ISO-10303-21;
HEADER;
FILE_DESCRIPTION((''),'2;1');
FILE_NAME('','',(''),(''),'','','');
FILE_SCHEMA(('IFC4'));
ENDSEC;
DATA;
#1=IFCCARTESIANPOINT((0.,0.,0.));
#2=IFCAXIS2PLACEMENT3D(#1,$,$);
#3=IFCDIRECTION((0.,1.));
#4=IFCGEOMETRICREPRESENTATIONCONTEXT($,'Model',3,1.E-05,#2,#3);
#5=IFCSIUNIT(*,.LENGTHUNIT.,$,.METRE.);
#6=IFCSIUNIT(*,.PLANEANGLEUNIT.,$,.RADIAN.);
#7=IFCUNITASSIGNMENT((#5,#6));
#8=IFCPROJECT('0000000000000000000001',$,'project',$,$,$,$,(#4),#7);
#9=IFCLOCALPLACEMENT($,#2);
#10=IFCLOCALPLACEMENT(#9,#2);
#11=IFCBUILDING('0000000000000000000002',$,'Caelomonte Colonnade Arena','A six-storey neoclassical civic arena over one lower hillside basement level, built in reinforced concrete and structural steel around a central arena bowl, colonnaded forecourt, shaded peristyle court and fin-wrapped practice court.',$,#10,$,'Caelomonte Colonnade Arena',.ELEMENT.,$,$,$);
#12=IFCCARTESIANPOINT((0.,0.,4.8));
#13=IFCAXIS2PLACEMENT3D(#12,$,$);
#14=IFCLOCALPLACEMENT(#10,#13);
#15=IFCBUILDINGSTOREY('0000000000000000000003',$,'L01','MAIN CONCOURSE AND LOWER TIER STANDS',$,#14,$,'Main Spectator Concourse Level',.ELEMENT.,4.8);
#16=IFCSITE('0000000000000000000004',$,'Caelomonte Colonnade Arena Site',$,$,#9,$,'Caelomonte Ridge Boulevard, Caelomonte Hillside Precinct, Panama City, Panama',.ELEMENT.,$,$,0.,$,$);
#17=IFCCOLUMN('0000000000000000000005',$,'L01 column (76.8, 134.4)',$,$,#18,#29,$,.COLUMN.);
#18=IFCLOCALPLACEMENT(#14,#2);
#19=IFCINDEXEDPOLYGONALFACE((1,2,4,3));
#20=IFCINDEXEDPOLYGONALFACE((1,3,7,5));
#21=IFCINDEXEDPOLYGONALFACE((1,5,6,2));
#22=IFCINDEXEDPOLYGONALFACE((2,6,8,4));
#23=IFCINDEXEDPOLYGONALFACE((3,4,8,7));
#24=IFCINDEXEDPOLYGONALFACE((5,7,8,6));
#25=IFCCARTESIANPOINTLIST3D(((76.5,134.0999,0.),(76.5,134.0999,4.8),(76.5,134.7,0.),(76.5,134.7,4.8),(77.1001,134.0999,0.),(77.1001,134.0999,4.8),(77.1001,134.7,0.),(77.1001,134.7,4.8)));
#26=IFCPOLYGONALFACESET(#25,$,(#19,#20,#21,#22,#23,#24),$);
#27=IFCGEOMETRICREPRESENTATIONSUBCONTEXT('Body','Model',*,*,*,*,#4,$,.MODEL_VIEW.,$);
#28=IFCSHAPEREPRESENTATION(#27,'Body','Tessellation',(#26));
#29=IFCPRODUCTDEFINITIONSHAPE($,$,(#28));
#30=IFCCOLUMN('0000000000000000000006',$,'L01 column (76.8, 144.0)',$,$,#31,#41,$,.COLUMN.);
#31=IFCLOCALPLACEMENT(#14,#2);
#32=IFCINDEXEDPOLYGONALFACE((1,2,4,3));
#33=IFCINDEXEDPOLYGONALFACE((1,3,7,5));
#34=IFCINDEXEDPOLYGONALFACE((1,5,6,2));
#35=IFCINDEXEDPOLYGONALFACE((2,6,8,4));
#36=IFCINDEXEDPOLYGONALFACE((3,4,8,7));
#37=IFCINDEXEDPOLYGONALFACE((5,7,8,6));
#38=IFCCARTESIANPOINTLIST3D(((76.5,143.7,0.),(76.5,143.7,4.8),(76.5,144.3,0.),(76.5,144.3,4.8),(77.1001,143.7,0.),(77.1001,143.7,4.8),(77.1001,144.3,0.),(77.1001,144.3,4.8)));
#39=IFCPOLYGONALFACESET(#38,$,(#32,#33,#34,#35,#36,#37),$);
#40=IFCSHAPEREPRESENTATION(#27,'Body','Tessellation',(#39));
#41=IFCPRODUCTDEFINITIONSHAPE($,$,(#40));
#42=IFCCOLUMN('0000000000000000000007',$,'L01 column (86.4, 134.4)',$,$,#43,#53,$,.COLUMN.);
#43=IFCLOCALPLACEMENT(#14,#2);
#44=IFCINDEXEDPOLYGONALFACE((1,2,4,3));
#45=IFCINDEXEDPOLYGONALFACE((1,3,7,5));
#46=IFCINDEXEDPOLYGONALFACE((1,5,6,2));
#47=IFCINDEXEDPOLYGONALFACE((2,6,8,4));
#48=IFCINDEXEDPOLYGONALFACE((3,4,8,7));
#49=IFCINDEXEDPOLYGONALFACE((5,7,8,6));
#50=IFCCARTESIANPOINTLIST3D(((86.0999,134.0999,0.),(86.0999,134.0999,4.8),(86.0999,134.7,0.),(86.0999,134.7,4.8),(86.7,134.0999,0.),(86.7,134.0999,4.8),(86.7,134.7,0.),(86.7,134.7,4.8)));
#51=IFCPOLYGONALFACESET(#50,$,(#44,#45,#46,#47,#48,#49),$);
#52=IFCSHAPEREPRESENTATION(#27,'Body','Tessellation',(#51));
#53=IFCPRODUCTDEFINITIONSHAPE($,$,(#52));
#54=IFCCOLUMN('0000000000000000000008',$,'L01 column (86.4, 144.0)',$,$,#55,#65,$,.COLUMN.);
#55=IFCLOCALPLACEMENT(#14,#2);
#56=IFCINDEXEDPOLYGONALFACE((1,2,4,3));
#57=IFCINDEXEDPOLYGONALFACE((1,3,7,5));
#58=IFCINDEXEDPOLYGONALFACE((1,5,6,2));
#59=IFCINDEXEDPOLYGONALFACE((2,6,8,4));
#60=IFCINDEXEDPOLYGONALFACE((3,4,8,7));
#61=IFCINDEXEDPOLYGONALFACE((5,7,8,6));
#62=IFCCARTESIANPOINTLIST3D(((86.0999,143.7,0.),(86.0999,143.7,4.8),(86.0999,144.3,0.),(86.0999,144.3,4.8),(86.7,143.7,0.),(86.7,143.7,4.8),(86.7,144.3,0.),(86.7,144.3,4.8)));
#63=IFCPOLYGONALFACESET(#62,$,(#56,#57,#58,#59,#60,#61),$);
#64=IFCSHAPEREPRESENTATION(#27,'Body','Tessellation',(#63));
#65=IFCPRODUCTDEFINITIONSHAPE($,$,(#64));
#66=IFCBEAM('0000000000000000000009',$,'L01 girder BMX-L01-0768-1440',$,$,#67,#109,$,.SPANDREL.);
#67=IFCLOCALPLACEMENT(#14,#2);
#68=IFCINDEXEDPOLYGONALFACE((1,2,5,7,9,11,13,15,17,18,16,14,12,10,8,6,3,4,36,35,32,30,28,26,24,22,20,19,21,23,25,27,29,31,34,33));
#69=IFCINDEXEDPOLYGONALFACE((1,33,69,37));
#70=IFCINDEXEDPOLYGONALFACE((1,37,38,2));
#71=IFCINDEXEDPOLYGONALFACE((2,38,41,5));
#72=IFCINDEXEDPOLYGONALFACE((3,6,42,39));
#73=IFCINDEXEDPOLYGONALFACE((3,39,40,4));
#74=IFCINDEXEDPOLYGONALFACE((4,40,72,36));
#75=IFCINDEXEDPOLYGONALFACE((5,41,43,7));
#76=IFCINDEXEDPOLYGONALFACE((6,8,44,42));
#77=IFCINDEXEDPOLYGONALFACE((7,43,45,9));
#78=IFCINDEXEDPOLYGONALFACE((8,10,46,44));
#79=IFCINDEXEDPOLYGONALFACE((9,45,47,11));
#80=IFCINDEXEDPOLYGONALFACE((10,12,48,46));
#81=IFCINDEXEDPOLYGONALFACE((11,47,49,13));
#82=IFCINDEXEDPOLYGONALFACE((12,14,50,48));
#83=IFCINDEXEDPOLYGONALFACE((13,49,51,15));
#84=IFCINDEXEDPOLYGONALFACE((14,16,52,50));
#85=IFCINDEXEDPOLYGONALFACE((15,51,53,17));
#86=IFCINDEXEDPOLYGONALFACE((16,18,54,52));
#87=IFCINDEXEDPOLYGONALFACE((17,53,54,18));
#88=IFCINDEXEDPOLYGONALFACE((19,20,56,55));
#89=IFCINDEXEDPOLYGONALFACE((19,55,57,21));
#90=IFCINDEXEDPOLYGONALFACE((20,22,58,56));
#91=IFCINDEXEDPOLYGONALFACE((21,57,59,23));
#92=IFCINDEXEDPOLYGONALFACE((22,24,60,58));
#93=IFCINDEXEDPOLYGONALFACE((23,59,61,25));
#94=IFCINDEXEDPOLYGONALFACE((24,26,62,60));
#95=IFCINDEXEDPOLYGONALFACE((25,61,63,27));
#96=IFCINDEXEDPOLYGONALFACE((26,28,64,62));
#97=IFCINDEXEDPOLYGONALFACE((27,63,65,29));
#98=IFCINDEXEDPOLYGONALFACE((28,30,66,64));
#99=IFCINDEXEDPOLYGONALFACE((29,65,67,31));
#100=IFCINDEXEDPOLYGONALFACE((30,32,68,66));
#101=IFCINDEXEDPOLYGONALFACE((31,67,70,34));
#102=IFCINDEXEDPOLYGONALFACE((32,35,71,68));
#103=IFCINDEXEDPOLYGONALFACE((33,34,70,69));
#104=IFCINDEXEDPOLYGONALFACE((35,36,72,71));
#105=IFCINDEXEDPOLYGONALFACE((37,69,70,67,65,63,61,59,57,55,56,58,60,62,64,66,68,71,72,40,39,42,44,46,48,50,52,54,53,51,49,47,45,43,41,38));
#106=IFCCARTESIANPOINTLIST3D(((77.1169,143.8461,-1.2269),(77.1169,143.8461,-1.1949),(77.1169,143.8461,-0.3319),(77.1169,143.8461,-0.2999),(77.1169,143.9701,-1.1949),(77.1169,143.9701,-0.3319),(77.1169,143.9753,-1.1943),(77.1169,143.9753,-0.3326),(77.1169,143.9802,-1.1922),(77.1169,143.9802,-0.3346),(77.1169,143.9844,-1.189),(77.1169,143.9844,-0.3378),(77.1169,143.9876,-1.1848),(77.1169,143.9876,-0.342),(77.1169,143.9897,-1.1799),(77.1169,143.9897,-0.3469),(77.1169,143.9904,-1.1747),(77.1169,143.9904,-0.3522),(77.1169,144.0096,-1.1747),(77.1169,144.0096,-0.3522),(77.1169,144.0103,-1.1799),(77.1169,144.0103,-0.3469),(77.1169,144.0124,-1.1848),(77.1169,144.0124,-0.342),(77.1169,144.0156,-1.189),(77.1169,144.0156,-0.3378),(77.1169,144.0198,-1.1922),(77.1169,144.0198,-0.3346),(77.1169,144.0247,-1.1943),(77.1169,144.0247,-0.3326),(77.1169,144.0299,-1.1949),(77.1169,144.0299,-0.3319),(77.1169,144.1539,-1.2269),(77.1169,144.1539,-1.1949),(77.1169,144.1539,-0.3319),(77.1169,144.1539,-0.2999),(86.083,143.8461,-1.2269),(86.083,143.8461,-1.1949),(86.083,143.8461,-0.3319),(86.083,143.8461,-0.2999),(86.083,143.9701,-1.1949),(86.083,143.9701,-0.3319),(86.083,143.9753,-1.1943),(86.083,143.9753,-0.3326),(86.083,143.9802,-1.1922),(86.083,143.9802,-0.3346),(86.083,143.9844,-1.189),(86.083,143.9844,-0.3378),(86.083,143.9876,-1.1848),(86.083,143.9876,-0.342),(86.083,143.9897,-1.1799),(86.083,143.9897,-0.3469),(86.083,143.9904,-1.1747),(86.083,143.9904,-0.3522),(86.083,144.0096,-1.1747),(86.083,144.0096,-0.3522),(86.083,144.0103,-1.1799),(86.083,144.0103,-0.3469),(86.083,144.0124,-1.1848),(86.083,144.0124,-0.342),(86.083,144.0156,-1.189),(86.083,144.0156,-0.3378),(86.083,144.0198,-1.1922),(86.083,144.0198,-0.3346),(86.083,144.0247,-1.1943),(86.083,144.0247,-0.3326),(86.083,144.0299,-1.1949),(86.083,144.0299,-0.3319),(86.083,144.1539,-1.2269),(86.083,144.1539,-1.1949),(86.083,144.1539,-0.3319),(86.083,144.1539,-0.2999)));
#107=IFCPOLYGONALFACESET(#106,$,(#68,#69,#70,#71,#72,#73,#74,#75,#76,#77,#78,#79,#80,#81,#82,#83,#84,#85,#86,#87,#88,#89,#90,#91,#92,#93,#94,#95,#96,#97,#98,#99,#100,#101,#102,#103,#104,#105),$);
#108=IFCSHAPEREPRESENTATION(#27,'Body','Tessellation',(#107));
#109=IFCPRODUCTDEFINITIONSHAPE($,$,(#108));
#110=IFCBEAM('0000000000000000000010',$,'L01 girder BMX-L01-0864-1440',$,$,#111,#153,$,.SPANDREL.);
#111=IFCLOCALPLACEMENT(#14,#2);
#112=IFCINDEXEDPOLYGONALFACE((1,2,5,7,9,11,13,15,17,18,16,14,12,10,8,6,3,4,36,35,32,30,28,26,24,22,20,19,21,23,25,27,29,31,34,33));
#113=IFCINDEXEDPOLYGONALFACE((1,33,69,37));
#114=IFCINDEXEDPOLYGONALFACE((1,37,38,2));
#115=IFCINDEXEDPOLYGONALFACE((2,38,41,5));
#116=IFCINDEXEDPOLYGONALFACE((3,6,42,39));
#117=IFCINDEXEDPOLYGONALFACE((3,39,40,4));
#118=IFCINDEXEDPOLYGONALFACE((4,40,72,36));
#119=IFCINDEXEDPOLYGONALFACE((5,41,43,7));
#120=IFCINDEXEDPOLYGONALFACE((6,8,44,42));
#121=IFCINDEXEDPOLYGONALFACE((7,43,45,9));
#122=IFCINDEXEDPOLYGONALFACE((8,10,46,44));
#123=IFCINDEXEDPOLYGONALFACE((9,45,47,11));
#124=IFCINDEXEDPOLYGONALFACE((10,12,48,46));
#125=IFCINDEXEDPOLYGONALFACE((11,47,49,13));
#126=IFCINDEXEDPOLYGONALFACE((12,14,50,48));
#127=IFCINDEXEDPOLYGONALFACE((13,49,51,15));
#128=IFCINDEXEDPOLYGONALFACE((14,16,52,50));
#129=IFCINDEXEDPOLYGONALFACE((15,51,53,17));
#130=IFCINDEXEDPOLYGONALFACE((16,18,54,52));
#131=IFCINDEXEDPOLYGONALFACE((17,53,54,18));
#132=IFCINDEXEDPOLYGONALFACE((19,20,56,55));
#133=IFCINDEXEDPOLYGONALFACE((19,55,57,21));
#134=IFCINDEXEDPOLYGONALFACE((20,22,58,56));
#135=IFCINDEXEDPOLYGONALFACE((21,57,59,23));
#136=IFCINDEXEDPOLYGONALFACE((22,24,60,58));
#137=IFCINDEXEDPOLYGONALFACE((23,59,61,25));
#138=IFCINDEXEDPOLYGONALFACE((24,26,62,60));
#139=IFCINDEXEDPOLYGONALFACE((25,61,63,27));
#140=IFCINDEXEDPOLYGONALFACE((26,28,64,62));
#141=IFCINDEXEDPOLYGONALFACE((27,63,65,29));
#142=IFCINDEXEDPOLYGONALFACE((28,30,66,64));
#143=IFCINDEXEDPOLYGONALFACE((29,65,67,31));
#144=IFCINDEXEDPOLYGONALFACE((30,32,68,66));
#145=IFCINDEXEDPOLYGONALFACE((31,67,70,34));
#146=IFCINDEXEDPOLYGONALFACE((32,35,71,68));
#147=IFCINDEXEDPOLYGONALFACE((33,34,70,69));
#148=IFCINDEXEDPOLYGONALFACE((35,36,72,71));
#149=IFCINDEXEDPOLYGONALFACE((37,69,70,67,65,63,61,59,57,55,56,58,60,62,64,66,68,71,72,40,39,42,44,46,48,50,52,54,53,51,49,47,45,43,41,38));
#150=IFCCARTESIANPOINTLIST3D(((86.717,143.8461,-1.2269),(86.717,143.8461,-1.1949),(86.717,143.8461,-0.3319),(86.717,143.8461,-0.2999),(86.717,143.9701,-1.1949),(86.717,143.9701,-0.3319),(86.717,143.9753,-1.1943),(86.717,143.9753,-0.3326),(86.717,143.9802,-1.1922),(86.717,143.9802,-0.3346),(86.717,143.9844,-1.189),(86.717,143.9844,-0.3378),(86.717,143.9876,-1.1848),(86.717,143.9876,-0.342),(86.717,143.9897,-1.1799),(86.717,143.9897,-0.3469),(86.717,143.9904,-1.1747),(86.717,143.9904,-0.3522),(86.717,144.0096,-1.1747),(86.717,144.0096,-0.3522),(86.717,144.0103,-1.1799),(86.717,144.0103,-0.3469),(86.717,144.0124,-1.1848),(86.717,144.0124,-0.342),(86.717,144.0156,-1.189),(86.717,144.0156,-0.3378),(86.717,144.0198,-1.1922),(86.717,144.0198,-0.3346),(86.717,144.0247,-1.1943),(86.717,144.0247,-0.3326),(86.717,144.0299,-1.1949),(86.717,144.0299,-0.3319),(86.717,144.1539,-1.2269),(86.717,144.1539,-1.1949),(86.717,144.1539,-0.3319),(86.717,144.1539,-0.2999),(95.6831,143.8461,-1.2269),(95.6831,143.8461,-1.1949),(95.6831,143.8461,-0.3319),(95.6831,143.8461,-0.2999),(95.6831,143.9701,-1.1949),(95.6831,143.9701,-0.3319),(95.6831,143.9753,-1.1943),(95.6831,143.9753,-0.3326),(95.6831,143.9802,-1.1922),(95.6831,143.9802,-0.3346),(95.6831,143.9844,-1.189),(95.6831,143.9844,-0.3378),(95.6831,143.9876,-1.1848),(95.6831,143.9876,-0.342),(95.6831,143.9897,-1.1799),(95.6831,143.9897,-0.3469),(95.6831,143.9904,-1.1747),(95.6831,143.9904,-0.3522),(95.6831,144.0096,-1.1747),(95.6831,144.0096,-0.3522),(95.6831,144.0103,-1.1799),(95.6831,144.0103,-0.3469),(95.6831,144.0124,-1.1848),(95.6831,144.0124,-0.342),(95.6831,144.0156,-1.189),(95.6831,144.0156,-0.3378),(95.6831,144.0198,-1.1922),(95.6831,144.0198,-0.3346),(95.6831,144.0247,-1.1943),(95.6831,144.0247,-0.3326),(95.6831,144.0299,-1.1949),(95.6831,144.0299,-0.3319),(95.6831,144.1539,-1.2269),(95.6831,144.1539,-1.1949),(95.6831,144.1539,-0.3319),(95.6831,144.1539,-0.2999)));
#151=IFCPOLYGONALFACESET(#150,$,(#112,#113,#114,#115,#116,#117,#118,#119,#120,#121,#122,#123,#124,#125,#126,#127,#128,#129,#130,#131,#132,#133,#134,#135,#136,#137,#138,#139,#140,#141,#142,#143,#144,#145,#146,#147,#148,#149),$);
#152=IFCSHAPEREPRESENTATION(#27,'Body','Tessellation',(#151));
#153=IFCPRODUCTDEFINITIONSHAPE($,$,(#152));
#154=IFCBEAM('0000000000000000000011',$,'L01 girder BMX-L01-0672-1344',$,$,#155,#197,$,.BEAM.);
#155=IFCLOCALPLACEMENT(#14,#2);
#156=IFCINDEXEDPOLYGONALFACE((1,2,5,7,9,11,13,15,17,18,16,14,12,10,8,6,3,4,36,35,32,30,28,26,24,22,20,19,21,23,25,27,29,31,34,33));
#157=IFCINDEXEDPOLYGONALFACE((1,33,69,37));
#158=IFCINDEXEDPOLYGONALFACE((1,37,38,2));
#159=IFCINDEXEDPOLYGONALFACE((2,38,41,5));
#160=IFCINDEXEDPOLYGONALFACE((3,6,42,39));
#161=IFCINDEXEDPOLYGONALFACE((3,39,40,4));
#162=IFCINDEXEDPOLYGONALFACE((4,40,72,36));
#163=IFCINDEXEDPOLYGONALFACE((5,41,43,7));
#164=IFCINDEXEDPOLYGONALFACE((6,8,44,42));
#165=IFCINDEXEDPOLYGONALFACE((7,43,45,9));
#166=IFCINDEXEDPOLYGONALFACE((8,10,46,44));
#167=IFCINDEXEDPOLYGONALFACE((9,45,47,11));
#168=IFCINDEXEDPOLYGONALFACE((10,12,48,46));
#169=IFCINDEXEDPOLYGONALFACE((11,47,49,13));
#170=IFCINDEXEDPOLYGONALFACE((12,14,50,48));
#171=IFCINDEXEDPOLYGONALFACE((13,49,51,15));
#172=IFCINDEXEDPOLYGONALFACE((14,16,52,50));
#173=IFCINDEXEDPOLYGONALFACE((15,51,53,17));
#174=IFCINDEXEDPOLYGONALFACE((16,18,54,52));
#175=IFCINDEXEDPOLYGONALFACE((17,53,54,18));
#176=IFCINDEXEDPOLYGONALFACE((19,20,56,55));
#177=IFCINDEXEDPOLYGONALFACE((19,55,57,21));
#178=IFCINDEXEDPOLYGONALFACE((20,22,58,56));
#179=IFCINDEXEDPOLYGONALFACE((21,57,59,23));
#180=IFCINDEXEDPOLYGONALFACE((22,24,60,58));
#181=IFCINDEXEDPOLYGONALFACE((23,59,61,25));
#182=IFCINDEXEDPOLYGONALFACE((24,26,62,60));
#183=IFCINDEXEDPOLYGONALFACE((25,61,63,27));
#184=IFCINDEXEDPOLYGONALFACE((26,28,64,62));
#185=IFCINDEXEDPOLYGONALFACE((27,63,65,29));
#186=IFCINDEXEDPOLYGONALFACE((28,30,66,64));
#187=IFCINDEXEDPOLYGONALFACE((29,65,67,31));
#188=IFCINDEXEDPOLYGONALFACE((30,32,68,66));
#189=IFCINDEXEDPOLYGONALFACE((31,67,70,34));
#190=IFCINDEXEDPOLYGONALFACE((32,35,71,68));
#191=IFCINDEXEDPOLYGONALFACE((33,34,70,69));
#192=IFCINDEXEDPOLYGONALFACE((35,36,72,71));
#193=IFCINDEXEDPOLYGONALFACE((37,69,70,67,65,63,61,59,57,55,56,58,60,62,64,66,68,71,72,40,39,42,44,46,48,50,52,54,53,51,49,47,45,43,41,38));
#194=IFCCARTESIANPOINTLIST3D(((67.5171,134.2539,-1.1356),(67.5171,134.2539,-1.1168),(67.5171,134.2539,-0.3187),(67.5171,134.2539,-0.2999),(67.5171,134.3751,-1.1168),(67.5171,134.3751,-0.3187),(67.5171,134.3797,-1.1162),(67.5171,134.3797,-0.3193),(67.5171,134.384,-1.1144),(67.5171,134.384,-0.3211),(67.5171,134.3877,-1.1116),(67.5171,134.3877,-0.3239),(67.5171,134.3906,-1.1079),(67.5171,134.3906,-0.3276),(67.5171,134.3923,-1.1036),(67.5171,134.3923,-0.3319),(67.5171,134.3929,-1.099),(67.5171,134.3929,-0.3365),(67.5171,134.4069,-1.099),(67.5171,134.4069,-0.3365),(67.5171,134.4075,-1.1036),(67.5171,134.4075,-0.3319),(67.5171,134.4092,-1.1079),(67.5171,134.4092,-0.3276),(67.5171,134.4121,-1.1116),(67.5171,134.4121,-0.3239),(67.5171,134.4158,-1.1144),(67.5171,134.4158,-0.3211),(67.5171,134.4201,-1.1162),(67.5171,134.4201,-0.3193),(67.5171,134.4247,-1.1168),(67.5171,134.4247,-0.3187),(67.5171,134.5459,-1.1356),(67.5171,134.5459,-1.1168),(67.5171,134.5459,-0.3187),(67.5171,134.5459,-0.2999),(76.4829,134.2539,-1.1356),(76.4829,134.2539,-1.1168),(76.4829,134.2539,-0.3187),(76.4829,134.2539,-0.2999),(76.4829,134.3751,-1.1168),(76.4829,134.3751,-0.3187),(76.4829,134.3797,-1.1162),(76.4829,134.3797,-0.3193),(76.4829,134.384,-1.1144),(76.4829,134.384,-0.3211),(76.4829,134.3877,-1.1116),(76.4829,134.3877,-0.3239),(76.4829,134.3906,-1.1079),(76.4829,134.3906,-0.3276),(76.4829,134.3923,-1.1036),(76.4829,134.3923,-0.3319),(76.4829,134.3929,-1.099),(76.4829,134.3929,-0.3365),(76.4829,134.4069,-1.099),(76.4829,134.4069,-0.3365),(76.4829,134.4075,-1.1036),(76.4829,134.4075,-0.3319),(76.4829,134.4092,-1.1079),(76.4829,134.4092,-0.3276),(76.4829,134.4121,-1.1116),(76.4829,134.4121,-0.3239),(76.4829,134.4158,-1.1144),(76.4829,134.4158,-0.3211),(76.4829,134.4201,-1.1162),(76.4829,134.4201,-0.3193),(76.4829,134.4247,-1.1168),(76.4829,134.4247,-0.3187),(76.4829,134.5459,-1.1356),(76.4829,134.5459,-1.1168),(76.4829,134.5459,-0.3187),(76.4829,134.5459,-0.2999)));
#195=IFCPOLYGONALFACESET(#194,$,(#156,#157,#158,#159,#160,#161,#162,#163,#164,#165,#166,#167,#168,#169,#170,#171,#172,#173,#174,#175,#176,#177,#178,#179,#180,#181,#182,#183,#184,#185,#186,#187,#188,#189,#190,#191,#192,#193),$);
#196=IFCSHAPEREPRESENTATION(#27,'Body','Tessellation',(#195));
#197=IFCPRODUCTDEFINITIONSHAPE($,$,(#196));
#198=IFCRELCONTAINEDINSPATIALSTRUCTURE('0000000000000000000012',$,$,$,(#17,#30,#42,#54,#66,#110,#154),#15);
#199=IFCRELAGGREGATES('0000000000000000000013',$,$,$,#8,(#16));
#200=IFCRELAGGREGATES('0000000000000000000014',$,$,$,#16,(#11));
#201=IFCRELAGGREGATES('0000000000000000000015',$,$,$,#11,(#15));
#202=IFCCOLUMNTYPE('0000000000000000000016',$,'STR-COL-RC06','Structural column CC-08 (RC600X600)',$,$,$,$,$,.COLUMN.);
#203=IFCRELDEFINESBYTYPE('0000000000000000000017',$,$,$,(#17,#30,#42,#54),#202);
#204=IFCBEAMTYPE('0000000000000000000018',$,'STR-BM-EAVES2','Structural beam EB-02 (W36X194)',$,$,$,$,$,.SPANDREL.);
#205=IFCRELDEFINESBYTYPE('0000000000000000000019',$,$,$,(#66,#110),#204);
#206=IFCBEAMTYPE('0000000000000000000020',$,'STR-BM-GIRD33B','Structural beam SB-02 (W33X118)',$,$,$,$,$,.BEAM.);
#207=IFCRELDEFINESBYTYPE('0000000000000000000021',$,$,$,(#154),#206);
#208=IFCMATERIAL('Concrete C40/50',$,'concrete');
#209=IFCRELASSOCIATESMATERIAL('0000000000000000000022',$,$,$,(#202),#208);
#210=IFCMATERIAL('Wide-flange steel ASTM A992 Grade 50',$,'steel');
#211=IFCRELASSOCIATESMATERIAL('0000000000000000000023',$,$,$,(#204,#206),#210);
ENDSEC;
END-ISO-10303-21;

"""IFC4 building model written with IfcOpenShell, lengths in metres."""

from ifc_helpers import new_model, si_unit, direction, frame, origin, origin_2d, place, context, subcontext, project, spatial, rectangle, i_section, extrude, material, material_profile, profile_set, type_object, element, save


model = new_model("IFC4")

# Units and contexts
model_context = context("Model", 3, precision=1e-05, world=origin(), true_north=direction((0.0, 1.0)))
body_context = subcontext(model_context, "Body", "Model", "MODEL_VIEW")
ifc_project = project(units=[si_unit("LENGTHUNIT", "METRE"), si_unit("PLANEANGLEUNIT", "RADIAN")], contexts=[model_context])

# Site, building, storey
site_placement = place(None, origin())
site = spatial("IfcSite", under=ifc_project, at=site_placement, Name="Caelomonte Colonnade Arena Site", LongName="Caelomonte Ridge Boulevard, Caelomonte Hillside Precinct, Panama City, Panama", CompositionType="ELEMENT", RefElevation=0.0)
building_placement = place(site_placement, origin())
building = spatial("IfcBuilding", under=site, at=building_placement, Name="Caelomonte Colonnade Arena", Description="A six-storey neoclassical civic arena over one lower hillside basement level, built in reinforced concrete and structural steel around a central arena bowl, colonnaded forecourt, shaded peristyle court and fin-wrapped practice court.", LongName="Caelomonte Colonnade Arena", CompositionType="ELEMENT")
storey_placement = place(building_placement, frame((0.0, 0.0, 4.8)))
storey = spatial("IfcBuildingStorey", under=building, at=storey_placement, Name="L01", Description="MAIN CONCOURSE AND LOWER TIER STANDS", LongName="Main Spectator Concourse Level", CompositionType="ELEMENT", Elevation=4.8)

# Columns
ifc_material_1 = material(Name="Concrete C40/50", Category="concrete")
ifc_material_profile_1 = material_profile(ifc_material_1, rectangle(XDim=0.6001, YDim=0.6001, at=origin_2d()), Name="RC600X600")
ifc_profile_set_1 = profile_set([ifc_material_profile_1], Name="Concrete C40/50")
column_type = type_object("IfcColumnType", Name="STR-COL-RC06", Description="Structural column CC-08 (RC600X600)", PredefinedType="COLUMN", material=ifc_profile_set_1)
for number, where, z_axis, x_axis, name in (
    (1, (76.8, 134.3999, 0.0), (0.0, 0.0, 1.0), (1.0, 0.0, 0.0), "L01 column (76.8, 134.4)"),
    (2, (76.8, 144.0, 0.0), (0.0, 0.0, 1.0), (1.0, 0.0, 0.0), "L01 column (76.8, 144.0)"),
    (3, (86.3999, 134.3999, 0.0), (0.0, 0.0, 1.0), (1.0, 0.0, 0.0), "L01 column (86.4, 134.4)"),
    (4, (86.3999, 144.0, 0.0), (0.0, 0.0, 1.0), (1.0, 0.0, 0.0), "L01 column (86.4, 144.0)"),
):
    element("IfcColumn", number, at=place(storey_placement, frame(where, z_axis=z_axis, x_axis=x_axis)), inside=storey, type_object=column_type, Name=name, PredefinedType="COLUMN", context=body_context, shape_type="SweptSolid", body=[
        extrude(rectangle(XDim=0.6001, YDim=0.6001, at=origin_2d()), origin(), (0.0, 0.0, 1.0), 4.8),
    ])

# Beams
ifc_material_2 = material(Name="Wide-flange steel ASTM A992 Grade 50", Category="steel")
ifc_material_profile_2 = material_profile(ifc_material_2, i_section(OverallWidth=0.3079, OverallDepth=0.927, WebThickness=0.0193, FlangeThickness=0.032, FilletRadius=0.0203, at=origin_2d()), Name="W36X194")
ifc_profile_set_2 = profile_set([ifc_material_profile_2], Name="Wide-flange steel ASTM A992 Grade 50")
beam_type_1 = type_object("IfcBeamType", Name="STR-BM-EAVES2", Description="Structural beam EB-02 (W36X194)", PredefinedType="SPANDREL", material=ifc_profile_set_2)
for number, where, z_axis, x_axis, name in (
    (5, (77.1169, 144.0, -0.7634), (1.0, 0.0, 0.0), (0.0, 1.0, 0.0), "L01 girder BMX-L01-0768-1440"),
    (6, (86.717, 144.0, -0.7634), (1.0, 0.0, 0.0), (0.0, 1.0, 0.0), "L01 girder BMX-L01-0864-1440"),
):
    element("IfcBeam", number, at=place(storey_placement, frame(where, z_axis=z_axis, x_axis=x_axis)), inside=storey, type_object=beam_type_1, Name=name, PredefinedType="SPANDREL", context=body_context, shape_type="SweptSolid", body=[
        extrude(i_section(OverallWidth=0.3079, OverallDepth=0.927, WebThickness=0.0193, FlangeThickness=0.032, FilletRadius=0.0203, at=origin_2d()), origin(), (0.0, 0.0, 1.0), 8.9661),
    ])
ifc_material_profile_3 = material_profile(ifc_material_2, i_section(OverallWidth=0.292, OverallDepth=0.8357, WebThickness=0.0139, FlangeThickness=0.0188, FilletRadius=0.0178, at=origin_2d()), Name="W33X118")
ifc_profile_set_3 = profile_set([ifc_material_profile_3], Name="Wide-flange steel ASTM A992 Grade 50")
beam_type_2 = type_object("IfcBeamType", Name="STR-BM-GIRD33B", Description="Structural beam SB-02 (W33X118)", PredefinedType="BEAM", material=ifc_profile_set_3)
beam_1_placement = place(storey_placement, frame((67.5171, 134.3999, -0.7178), z_axis=(1.0, 0.0, 0.0), x_axis=(0.0, 1.0, 0.0)))
element("IfcBeam", 7, at=beam_1_placement, inside=storey, type_object=beam_type_2, Name="L01 girder BMX-L01-0672-1344", PredefinedType="BEAM", context=body_context, shape_type="SweptSolid", body=[
    extrude(i_section(OverallWidth=0.292, OverallDepth=0.8357, WebThickness=0.0139, FlangeThickness=0.0188, FilletRadius=0.0178, at=origin_2d()), origin(), (0.0, 0.0, 1.0), 8.9658),
])

save(model, "model.ifc")
